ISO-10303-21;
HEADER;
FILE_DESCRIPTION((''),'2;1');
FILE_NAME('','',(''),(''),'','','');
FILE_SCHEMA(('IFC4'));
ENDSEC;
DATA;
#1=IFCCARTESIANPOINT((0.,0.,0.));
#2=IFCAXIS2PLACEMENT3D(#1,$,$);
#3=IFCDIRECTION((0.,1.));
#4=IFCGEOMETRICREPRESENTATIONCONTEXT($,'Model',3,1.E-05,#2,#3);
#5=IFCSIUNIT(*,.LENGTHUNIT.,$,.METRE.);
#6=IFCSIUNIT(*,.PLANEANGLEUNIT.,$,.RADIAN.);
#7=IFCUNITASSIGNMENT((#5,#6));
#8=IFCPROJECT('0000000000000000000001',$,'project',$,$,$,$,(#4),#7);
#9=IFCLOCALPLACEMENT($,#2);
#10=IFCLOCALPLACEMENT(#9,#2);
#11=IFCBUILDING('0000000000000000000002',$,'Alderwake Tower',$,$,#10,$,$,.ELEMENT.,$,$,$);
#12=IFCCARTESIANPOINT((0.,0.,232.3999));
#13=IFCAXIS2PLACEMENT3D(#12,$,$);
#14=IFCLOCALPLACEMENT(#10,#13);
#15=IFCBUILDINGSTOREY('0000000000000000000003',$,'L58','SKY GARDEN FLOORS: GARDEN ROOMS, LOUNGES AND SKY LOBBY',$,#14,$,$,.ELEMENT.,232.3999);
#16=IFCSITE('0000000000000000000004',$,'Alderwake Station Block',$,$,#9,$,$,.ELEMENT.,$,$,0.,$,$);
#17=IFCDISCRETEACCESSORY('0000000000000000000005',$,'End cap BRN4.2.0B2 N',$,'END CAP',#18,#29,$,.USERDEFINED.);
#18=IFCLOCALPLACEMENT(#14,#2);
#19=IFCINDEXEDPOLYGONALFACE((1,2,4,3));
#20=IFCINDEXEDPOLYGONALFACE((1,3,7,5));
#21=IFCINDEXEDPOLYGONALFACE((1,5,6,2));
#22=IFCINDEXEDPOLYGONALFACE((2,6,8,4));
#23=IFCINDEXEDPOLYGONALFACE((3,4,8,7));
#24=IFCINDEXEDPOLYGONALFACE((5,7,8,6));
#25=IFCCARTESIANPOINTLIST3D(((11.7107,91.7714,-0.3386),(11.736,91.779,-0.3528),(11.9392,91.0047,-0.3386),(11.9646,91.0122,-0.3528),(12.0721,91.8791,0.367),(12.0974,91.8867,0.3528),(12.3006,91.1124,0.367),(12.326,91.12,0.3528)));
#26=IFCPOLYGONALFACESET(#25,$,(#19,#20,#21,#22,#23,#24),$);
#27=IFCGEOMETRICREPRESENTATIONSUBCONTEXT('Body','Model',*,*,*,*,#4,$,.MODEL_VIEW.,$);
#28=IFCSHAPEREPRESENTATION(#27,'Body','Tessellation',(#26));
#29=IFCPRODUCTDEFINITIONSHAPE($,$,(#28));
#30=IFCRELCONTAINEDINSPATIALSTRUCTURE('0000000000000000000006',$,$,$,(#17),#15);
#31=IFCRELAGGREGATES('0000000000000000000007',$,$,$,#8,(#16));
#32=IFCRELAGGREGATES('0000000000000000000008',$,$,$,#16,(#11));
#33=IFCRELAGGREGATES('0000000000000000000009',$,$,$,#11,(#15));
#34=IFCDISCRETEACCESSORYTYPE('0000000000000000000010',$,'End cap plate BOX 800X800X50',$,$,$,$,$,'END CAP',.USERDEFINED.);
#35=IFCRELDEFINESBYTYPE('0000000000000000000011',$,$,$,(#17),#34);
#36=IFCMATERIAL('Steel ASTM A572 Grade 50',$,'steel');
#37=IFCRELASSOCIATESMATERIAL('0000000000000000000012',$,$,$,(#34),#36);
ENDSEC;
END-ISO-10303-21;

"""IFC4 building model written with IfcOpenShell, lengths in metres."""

from ifc_helpers import new_model, si_unit, direction, frame, origin, origin_2d, place, context, subcontext, project, spatial, rectangle, extrude, material, material_profile, profile_set, type_object, element, save


model = new_model("IFC4")

# Units and contexts
model_context = context("Model", 3, precision=1e-05, world=origin(), true_north=direction((0.0, 1.0)))
body_context = subcontext(model_context, "Body", "Model", "MODEL_VIEW")
ifc_project = project(units=[si_unit("LENGTHUNIT", "METRE"), si_unit("PLANEANGLEUNIT", "RADIAN")], contexts=[model_context])

# Site, building, storey
site_placement = place(None, origin())
site = spatial("IfcSite", under=ifc_project, at=site_placement, Name="Alderwake Station Block", CompositionType="ELEMENT", RefElevation=0.0)
building_placement = place(site_placement, origin())
building = spatial("IfcBuilding", under=site, at=building_placement, Name="Alderwake Tower", CompositionType="ELEMENT")
storey_placement = place(building_placement, frame((0.0, 0.0, 232.3999)))
storey = spatial("IfcBuildingStorey", under=building, at=storey_placement, Name="L58", Description="SKY GARDEN FLOORS: GARDEN ROOMS, LOUNGES AND SKY LOBBY", CompositionType="ELEMENT", Elevation=232.3999)

# Discrete accessory
ifc_material_1 = material(Name="Steel ASTM A572 Grade 50", Category="steel")
ifc_material_profile_1 = material_profile(ifc_material_1, rectangle(XDim=0.8, YDim=0.8, at=origin_2d()), Name="BOX 800X800X50 cap")
ifc_profile_set_1 = profile_set([ifc_material_profile_1], Name="Steel ASTM A572 Grade 50")
discrete_accessory_type_1 = type_object("IfcDiscreteAccessoryType", Name="End cap plate BOX 800X800X50", ElementType="END CAP", PredefinedType="USERDEFINED", material=ifc_profile_set_1)
discrete_accessory_1_placement = place(storey_placement, frame((12.031, 91.4495, 0.0), z_axis=(-0.845193, -0.251933, 0.471358), x_axis=(0.285657, -0.958332, 0.0)))
element("IfcDiscreteAccessory", 1, at=discrete_accessory_1_placement, inside=storey, type_object=discrete_accessory_type_1, Name="End cap BRN4.2.0B2 N", ObjectType="END CAP", PredefinedType="USERDEFINED", context=body_context, shape_type="SweptSolid", body=[
    extrude(rectangle(XDim=0.8, YDim=0.8, at=origin_2d()), origin(), (0.0, 0.0, 1.0), 0.03),
])

save(model, "model.ifc")
